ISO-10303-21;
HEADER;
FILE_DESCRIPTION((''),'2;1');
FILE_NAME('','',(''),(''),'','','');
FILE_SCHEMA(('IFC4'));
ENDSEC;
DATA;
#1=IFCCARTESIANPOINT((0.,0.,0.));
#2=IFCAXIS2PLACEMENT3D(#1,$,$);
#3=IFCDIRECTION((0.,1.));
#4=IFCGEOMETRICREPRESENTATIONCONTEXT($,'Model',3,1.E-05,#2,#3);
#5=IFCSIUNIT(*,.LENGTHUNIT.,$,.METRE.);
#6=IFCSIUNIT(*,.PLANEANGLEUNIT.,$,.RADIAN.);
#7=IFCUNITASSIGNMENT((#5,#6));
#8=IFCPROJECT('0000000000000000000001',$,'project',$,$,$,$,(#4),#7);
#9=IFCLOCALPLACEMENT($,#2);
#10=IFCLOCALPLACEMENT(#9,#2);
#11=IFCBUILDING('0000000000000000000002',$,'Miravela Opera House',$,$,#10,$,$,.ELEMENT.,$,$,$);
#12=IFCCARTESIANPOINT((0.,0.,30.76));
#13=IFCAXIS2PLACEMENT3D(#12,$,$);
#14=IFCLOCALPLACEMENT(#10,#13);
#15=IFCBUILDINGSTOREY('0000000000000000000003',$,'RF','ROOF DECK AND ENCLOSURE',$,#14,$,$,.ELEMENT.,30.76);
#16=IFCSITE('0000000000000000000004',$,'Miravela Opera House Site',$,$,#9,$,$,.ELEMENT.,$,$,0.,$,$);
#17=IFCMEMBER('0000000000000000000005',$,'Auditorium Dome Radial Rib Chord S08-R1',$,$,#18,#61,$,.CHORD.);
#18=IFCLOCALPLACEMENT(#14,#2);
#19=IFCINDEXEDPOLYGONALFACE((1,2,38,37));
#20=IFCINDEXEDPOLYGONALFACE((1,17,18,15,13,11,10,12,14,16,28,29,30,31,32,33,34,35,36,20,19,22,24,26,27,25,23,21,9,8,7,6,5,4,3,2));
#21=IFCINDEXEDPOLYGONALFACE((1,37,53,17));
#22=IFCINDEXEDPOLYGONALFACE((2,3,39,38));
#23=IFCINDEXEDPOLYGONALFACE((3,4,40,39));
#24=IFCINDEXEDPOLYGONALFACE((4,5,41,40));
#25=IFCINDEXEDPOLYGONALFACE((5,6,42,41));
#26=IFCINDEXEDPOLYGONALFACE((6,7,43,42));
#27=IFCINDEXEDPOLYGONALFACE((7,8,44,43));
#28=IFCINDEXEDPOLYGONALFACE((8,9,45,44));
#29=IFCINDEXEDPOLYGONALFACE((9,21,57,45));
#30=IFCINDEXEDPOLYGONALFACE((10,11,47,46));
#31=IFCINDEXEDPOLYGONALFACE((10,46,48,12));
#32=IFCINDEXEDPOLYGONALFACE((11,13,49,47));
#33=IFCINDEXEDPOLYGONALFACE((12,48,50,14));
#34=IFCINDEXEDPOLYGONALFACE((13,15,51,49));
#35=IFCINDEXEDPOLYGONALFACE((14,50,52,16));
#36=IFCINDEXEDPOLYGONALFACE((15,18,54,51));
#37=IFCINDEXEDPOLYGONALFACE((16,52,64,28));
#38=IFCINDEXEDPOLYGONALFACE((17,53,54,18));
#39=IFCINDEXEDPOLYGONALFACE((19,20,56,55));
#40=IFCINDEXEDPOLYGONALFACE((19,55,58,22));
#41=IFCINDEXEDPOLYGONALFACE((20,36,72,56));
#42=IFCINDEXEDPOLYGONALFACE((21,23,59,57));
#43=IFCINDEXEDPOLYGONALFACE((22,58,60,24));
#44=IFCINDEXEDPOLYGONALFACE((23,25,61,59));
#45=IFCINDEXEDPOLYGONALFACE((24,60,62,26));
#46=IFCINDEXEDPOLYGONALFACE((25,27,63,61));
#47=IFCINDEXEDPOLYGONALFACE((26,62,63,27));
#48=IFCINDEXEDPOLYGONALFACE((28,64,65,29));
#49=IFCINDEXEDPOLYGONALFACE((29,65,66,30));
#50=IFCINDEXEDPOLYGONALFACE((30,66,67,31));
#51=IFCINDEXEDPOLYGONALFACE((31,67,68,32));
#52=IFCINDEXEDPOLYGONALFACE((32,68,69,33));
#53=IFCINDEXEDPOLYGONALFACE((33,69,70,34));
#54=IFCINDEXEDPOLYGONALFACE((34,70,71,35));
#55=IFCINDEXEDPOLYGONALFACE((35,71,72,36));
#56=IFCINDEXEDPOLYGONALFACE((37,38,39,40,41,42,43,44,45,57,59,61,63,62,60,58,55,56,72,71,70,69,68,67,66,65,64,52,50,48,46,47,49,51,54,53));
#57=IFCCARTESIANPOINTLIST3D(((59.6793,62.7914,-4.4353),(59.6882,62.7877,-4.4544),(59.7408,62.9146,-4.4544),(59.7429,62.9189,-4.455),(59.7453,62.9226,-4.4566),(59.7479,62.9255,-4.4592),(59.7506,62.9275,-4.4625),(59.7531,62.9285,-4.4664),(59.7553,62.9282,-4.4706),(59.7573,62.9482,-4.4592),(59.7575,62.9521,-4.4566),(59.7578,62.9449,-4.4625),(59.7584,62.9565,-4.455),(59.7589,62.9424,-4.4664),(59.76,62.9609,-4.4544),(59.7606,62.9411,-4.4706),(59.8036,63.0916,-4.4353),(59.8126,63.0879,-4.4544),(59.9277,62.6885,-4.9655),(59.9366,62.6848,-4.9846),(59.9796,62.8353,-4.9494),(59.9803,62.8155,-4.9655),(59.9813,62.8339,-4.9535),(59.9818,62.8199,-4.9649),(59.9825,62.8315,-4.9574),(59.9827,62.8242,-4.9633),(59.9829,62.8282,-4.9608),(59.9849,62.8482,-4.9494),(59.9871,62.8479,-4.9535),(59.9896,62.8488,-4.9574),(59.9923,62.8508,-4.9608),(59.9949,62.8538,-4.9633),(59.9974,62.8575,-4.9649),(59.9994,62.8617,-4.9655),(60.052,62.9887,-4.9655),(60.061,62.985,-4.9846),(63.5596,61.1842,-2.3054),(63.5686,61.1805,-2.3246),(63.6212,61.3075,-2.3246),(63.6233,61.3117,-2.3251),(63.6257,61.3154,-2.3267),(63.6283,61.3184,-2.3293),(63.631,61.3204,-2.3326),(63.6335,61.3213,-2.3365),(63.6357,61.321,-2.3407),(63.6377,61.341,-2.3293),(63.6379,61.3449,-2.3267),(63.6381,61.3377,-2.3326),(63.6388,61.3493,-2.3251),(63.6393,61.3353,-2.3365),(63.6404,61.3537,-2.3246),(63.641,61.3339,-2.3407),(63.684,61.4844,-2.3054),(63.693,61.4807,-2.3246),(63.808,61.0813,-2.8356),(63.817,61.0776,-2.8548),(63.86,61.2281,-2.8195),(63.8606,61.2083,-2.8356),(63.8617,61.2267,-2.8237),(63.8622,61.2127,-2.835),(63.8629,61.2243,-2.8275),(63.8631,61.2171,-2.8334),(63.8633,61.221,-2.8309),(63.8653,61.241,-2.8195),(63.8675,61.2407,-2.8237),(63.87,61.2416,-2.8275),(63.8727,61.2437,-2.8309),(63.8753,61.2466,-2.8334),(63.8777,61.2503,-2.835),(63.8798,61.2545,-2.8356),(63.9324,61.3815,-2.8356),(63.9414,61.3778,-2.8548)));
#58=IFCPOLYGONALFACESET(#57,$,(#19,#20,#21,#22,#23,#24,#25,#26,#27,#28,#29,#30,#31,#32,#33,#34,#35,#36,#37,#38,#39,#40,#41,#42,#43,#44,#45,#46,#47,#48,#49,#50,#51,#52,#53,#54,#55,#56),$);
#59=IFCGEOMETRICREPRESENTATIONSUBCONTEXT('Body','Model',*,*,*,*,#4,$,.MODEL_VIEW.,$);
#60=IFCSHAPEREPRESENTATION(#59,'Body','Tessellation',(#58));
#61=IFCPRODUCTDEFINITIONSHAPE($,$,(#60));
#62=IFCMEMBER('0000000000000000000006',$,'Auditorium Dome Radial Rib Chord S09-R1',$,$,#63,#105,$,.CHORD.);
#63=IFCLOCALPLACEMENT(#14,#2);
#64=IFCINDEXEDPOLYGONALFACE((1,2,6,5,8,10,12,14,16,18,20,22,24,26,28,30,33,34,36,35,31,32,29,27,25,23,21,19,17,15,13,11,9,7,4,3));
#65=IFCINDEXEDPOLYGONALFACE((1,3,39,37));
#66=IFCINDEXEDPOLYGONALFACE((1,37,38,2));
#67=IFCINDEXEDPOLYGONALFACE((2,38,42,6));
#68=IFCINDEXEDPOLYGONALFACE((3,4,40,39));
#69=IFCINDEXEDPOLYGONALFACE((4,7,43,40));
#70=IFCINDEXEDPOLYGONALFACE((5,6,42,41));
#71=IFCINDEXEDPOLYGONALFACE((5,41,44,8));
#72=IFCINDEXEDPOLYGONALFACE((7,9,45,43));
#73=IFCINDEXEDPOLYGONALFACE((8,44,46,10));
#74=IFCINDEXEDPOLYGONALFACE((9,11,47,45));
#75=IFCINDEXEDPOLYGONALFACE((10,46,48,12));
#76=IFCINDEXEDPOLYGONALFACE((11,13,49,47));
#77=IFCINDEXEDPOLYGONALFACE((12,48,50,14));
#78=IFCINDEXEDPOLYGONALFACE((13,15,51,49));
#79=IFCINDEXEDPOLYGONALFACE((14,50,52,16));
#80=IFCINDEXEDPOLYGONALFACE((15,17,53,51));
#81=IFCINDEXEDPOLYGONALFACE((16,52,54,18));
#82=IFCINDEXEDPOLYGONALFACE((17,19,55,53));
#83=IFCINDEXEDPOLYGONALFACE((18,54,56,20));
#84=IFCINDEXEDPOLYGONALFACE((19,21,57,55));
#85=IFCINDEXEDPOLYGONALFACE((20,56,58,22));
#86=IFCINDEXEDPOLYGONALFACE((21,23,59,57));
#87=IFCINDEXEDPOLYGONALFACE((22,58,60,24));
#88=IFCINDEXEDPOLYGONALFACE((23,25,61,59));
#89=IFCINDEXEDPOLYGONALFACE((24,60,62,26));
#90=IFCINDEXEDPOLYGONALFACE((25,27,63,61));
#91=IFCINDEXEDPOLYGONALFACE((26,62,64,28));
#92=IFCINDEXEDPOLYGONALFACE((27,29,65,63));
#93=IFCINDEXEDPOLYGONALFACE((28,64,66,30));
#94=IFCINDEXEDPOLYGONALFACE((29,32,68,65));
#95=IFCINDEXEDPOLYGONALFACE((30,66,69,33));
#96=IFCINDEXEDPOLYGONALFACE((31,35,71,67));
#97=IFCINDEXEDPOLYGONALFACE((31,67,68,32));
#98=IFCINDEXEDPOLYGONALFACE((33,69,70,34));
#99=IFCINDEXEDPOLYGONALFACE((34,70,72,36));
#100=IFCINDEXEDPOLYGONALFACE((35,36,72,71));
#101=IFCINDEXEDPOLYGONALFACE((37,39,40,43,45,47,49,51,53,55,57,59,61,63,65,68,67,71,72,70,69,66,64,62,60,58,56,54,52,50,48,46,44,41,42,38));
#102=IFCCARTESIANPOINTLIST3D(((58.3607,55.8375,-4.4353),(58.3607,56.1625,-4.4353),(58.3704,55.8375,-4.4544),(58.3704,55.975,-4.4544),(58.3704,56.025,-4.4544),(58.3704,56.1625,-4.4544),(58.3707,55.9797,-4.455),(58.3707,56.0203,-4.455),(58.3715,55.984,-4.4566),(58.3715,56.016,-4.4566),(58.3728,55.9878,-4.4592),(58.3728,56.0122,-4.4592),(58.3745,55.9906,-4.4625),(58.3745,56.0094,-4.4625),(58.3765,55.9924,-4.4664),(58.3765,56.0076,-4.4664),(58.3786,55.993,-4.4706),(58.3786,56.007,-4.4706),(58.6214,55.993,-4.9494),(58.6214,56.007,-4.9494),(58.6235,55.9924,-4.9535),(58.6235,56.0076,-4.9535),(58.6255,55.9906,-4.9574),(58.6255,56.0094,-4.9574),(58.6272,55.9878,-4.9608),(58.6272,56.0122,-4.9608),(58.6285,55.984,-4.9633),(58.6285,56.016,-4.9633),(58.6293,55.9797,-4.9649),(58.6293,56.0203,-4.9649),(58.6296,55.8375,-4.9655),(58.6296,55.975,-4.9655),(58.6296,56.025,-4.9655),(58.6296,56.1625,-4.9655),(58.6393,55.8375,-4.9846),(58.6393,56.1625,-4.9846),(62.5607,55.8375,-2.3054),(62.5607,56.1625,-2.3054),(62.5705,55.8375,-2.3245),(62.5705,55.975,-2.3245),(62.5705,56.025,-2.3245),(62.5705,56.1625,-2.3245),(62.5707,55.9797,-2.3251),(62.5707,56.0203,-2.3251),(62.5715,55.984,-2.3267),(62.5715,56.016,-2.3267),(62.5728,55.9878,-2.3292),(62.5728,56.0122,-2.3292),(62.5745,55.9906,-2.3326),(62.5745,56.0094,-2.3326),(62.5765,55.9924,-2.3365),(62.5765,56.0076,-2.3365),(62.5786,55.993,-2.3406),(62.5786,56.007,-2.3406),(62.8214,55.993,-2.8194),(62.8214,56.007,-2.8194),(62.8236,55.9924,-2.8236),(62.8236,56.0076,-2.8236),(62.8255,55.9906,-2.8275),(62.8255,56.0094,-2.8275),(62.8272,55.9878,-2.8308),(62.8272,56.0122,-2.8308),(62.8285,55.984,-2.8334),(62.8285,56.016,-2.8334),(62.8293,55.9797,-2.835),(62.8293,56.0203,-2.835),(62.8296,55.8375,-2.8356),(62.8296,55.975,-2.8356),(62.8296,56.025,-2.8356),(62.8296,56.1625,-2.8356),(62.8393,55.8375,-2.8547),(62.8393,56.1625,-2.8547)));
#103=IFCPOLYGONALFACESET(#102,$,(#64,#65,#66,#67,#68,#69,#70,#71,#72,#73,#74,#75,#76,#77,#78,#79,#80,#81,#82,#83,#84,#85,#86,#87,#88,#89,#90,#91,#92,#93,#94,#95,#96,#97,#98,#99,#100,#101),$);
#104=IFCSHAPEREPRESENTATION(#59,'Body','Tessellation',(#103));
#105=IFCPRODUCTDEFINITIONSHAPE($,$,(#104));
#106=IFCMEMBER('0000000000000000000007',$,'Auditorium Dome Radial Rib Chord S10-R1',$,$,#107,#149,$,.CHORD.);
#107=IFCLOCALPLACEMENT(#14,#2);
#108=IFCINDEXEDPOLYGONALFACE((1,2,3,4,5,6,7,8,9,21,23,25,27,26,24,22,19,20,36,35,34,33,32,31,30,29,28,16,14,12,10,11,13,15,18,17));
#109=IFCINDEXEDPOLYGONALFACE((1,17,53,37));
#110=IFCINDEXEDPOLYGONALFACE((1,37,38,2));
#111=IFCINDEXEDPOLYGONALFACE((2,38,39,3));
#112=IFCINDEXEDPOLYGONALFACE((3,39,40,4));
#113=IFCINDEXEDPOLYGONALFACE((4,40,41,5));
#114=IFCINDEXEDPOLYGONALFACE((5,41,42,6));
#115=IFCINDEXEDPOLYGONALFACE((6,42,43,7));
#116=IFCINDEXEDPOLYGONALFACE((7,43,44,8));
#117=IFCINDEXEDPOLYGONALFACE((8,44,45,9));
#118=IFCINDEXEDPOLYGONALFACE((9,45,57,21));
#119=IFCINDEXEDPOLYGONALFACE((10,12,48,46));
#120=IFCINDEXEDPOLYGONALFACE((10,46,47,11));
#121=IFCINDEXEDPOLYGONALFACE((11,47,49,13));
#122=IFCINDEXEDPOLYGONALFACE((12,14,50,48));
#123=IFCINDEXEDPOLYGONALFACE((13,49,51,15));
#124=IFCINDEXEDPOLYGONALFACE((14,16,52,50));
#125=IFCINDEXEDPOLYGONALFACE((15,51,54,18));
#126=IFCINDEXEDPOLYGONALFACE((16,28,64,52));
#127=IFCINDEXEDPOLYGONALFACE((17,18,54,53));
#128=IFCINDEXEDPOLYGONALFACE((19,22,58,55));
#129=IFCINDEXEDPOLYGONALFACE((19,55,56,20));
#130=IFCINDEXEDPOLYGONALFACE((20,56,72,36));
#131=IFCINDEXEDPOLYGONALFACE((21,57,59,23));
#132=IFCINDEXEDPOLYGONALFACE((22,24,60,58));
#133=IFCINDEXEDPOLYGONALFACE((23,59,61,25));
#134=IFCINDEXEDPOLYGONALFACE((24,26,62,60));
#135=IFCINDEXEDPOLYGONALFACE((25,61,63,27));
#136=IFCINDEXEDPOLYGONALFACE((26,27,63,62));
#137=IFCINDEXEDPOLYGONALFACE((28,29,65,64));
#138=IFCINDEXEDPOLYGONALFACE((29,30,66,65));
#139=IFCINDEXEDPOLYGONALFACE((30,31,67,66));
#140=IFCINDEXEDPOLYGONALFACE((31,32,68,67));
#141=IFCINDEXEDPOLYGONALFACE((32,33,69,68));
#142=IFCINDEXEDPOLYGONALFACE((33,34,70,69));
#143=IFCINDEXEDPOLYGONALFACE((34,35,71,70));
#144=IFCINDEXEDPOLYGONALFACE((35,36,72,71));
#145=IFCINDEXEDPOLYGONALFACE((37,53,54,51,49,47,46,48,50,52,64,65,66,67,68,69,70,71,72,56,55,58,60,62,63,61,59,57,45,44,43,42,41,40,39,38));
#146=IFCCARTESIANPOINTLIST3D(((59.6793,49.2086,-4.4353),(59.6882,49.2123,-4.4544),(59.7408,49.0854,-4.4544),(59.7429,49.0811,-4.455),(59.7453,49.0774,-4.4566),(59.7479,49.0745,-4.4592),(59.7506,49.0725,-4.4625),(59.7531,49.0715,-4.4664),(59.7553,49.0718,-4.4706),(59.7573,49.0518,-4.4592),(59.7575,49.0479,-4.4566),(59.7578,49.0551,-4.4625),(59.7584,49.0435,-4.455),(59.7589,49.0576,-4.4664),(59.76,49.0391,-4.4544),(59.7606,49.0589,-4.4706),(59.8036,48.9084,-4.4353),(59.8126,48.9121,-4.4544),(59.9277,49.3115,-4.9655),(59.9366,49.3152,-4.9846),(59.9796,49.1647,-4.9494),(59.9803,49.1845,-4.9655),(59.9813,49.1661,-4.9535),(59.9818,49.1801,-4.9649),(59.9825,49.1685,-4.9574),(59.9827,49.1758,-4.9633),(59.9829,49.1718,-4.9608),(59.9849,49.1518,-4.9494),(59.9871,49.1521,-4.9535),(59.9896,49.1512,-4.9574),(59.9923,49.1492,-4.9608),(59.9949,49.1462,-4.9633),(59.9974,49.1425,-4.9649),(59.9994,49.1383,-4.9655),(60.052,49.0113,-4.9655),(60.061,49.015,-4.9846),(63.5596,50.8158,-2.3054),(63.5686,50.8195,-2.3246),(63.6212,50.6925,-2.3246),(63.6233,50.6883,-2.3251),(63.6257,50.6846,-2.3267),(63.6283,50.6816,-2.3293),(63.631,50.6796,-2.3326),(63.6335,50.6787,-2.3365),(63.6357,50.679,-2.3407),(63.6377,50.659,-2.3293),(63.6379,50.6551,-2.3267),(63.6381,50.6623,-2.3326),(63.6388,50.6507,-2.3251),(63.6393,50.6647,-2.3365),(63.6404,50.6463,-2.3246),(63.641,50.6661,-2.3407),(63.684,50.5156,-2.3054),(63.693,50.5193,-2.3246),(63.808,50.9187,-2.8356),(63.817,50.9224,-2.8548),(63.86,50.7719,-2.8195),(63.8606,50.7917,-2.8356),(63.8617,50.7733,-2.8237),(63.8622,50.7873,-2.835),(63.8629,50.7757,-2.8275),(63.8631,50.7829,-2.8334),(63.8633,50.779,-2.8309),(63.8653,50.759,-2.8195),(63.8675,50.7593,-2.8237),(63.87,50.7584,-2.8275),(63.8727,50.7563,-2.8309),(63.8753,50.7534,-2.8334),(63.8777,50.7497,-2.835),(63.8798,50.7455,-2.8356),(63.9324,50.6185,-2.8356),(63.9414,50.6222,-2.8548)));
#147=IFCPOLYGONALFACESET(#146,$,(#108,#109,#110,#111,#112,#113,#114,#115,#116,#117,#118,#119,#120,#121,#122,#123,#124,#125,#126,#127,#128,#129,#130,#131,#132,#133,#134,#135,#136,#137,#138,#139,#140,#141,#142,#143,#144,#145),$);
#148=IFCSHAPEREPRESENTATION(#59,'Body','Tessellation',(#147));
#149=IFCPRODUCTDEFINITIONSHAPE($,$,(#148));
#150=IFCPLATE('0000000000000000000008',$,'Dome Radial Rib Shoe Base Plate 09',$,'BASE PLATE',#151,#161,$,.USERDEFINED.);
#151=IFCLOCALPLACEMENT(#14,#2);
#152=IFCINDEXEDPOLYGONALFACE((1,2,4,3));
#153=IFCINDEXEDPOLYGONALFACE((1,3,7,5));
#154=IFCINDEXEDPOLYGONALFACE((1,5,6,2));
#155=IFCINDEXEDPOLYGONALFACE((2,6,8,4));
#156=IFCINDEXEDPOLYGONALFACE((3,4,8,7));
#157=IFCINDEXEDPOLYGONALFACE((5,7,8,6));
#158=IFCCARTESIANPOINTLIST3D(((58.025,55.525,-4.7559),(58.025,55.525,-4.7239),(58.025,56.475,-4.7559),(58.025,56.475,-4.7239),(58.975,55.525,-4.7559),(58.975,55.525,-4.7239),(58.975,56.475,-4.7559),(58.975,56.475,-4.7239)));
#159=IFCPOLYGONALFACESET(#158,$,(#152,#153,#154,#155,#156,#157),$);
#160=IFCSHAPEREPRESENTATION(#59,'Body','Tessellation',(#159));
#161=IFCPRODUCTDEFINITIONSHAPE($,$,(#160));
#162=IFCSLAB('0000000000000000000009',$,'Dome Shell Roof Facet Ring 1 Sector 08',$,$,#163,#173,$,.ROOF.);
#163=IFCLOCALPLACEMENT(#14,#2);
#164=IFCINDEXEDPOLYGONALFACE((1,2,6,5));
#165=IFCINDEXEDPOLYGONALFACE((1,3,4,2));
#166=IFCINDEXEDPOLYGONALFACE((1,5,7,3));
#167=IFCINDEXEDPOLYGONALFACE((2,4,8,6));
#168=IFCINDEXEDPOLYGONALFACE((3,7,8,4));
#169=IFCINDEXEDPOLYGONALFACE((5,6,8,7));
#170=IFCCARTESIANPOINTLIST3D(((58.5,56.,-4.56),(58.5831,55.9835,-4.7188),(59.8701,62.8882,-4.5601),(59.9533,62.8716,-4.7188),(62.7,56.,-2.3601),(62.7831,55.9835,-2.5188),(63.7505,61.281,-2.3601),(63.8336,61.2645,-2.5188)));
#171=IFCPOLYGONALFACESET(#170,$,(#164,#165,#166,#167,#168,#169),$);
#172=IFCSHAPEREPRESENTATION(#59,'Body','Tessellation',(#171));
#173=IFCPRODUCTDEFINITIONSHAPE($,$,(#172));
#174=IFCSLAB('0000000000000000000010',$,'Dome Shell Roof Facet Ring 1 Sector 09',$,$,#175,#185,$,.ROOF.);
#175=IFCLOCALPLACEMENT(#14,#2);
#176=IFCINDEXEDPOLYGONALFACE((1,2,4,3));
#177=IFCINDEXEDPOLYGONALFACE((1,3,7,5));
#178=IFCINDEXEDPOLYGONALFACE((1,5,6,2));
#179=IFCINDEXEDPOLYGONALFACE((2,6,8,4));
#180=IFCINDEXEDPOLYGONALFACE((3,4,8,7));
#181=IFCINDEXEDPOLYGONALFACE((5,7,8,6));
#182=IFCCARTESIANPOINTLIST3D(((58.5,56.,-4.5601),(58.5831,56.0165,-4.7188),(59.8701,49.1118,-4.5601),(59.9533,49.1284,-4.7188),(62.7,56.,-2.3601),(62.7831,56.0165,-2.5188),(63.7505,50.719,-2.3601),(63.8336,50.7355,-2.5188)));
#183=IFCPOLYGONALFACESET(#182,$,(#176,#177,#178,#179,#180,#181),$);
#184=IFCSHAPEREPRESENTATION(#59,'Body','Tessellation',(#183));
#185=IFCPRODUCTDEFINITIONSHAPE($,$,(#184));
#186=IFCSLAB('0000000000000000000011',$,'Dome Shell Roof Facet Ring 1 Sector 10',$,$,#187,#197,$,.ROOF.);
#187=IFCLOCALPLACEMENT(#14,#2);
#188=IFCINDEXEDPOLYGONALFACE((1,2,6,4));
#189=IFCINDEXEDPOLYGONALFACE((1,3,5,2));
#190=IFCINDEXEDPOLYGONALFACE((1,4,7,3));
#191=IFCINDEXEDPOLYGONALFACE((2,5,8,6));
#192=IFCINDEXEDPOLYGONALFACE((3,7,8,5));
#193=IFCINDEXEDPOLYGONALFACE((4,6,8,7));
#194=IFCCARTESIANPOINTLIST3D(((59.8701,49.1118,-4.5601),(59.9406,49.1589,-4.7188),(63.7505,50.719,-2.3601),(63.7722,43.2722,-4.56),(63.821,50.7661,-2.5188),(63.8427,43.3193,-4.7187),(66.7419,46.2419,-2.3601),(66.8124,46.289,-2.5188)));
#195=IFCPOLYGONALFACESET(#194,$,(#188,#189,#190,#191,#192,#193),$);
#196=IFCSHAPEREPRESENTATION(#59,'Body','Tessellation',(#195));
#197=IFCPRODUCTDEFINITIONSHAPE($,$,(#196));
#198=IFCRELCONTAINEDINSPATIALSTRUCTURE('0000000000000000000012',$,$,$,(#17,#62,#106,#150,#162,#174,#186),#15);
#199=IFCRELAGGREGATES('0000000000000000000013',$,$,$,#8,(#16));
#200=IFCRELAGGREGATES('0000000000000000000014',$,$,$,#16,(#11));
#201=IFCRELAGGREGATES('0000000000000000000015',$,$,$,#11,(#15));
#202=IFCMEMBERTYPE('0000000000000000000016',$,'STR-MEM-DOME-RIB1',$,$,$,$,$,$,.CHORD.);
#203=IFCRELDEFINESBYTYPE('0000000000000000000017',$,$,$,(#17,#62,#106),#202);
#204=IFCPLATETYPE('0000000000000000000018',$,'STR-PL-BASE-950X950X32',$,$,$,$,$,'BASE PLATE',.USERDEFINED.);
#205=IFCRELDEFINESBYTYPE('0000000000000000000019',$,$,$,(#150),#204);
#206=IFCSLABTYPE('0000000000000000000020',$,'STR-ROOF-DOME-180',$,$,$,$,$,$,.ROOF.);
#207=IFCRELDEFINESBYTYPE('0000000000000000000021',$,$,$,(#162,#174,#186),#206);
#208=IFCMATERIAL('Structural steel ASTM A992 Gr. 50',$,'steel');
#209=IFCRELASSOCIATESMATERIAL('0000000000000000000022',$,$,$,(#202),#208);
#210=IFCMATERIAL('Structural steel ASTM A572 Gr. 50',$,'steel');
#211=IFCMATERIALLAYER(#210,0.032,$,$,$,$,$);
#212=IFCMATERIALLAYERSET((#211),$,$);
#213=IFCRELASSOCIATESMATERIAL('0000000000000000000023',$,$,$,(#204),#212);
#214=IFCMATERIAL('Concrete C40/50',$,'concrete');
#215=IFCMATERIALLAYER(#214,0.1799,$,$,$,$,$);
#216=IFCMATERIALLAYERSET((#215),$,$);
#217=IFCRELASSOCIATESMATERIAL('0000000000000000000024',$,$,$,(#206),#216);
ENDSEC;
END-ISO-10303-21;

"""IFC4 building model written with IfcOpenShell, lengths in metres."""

from ifc_helpers import new_model, si_unit, direction, frame, origin, origin_2d, place, context, subcontext, project, spatial, polyline, rectangle, i_section, outline, extrude, material, layer, layer_set, material_profile, profile_set, type_object, element, save


model = new_model("IFC4")

# Units and contexts
model_context = context("Model", 3, precision=1e-05, world=origin(), true_north=direction((0.0, 1.0)))
body_context = subcontext(model_context, "Body", "Model", "MODEL_VIEW")
ifc_project = project(units=[si_unit("LENGTHUNIT", "METRE"), si_unit("PLANEANGLEUNIT", "RADIAN")], contexts=[model_context])

# Site, building, storey
site_placement = place(None, origin())
site = spatial("IfcSite", under=ifc_project, at=site_placement, Name="Miravela Opera House Site", CompositionType="ELEMENT", RefElevation=0.0)
building_placement = place(site_placement, origin())
building = spatial("IfcBuilding", under=site, at=building_placement, Name="Miravela Opera House", CompositionType="ELEMENT")
storey_placement = place(building_placement, frame((0.0, 0.0, 30.76)))
storey = spatial("IfcBuildingStorey", under=building, at=storey_placement, Name="RF", Description="ROOF DECK AND ENCLOSURE", CompositionType="ELEMENT", Elevation=30.76)

# Members
ifc_material_1 = material(Name="Structural steel ASTM A992 Gr. 50", Category="steel")
ifc_material_profile_1 = material_profile(ifc_material_1, i_section(OverallWidth=0.325, OverallDepth=0.616, WebThickness=0.0139, FlangeThickness=0.0215, FilletRadius=0.0181, at=origin_2d()), Name="W610X174")
ifc_profile_set_1 = profile_set([ifc_material_profile_1])
member_type_1 = type_object("IfcMemberType", Name="STR-MEM-DOME-RIB1", PredefinedType="CHORD", material=ifc_profile_set_1)
for number, where, z_axis, x_axis, name in (
    (1, (59.8701, 62.8882, -4.71), (0.823995, -0.341284, 0.45228), (0.382658, 0.92389, 0.0), "Auditorium Dome Radial Rib Chord S08-R1"),
    (2, (58.5, 56.0, -4.71), (0.891872, 0.0, 0.452287), (0.0, 1.0, 0.0), "Auditorium Dome Radial Rib Chord S09-R1"),
    (3, (59.8701, 49.1118, -4.71), (0.823995, 0.341284, 0.45228), (-0.382658, 0.92389, 0.0), "Auditorium Dome Radial Rib Chord S10-R1"),
):
    element("IfcMember", number, at=place(storey_placement, frame(where, z_axis=z_axis, x_axis=x_axis)), inside=storey, type_object=member_type_1, Name=name, PredefinedType="CHORD", context=body_context, shape_type="SweptSolid", body=[
        extrude(i_section(OverallWidth=0.325, OverallDepth=0.616, WebThickness=0.0139, FlangeThickness=0.0215, FilletRadius=0.0181, at=origin_2d()), origin(), (0.0, 0.0, 1.0), 4.7092),
    ])

# Plate
ifc_material_2 = material(Name="Structural steel ASTM A572 Gr. 50", Category="steel")
ifc_layer_1 = layer(ifc_material_2, 0.032)
ifc_layer_set_1 = layer_set([ifc_layer_1])
plate_type = type_object("IfcPlateType", Name="STR-PL-BASE-950X950X32", ElementType="BASE PLATE", PredefinedType="USERDEFINED", material=ifc_layer_set_1)
plate_placement = place(storey_placement, frame((58.5, 56.0, -4.7559), z_axis=(0.0, 0.0, 1.0), x_axis=(-1.0, 0.0, 0.0)))
element("IfcPlate", 4, at=plate_placement, inside=storey, type_object=plate_type, Name="Dome Radial Rib Shoe Base Plate 09", ObjectType="BASE PLATE", PredefinedType="USERDEFINED", context=body_context, shape_type="SweptSolid", body=[
    extrude(rectangle(XDim=0.95, YDim=0.95, at=origin_2d()), origin(), (0.0, 0.0, 1.0), 0.032),
])

# Slabs
ifc_material_3 = material(Name="Concrete C40/50", Category="concrete")
ifc_layer_2 = layer(ifc_material_3, 0.1799)
ifc_layer_set_2 = layer_set([ifc_layer_2])
slab_type_1 = type_object("IfcSlabType", Name="STR-ROOF-DOME-180", PredefinedType="ROOF", material=ifc_layer_set_2)
slab_1_placement = place(storey_placement, frame((59.8701, 62.8882, -4.5601), z_axis=(-0.462034, 0.091906, 0.882087), x_axis=(-0.195088, -0.980786, 0.000003)))
element("IfcSlab", 5, at=slab_1_placement, inside=storey, type_object=slab_type_1, Name="Dome Shell Roof Facet Ring 1 Sector 08", PredefinedType="ROOF", context=body_context, shape_type="SweptSolid", body=[
    extrude(outline(polyline([(0.0, 0.0), (7.0231, 0.0), (6.2038, 4.6699), (0.8193, 4.67), (0.0, 0.0)])), origin(), (0.0, 0.0, -1.0), 0.1799),
])
slab_2_placement = place(storey_placement, frame((58.5, 56.0, -4.5601), z_axis=(-0.462034, -0.091906, 0.882087), x_axis=(0.195088, -0.980786, -0.000003)))
element("IfcSlab", 6, at=slab_2_placement, inside=storey, type_object=slab_type_1, Name="Dome Shell Roof Facet Ring 1 Sector 09", PredefinedType="ROOF", context=body_context, shape_type="SweptSolid", body=[
    extrude(outline(polyline([(0.0, 0.0), (7.0231, 0.0), (6.2038, 4.67), (0.8194, 4.6699), (0.0, 0.0)])), origin(), (0.0, 0.0, -1.0), 0.1799),
])
slab_3_placement = place(storey_placement, frame((59.8701, 49.1118, -4.5601), z_axis=(-0.391697, -0.261731, 0.882083), x_axis=(0.555588, -0.831458, 0.000005)))
element("IfcSlab", 7, at=slab_3_placement, inside=storey, type_object=slab_type_1, Name="Dome Shell Roof Facet Ring 1 Sector 10", PredefinedType="ROOF", context=body_context, shape_type="SweptSolid", body=[
    extrude(outline(polyline([(0.0, 0.0), (7.0233, 0.0), (6.2041, 4.6698), (0.8196, 4.6699), (0.0, 0.0)])), origin(), (0.0, 0.0, -1.0), 0.1799),
])

save(model, "model.ifc")
